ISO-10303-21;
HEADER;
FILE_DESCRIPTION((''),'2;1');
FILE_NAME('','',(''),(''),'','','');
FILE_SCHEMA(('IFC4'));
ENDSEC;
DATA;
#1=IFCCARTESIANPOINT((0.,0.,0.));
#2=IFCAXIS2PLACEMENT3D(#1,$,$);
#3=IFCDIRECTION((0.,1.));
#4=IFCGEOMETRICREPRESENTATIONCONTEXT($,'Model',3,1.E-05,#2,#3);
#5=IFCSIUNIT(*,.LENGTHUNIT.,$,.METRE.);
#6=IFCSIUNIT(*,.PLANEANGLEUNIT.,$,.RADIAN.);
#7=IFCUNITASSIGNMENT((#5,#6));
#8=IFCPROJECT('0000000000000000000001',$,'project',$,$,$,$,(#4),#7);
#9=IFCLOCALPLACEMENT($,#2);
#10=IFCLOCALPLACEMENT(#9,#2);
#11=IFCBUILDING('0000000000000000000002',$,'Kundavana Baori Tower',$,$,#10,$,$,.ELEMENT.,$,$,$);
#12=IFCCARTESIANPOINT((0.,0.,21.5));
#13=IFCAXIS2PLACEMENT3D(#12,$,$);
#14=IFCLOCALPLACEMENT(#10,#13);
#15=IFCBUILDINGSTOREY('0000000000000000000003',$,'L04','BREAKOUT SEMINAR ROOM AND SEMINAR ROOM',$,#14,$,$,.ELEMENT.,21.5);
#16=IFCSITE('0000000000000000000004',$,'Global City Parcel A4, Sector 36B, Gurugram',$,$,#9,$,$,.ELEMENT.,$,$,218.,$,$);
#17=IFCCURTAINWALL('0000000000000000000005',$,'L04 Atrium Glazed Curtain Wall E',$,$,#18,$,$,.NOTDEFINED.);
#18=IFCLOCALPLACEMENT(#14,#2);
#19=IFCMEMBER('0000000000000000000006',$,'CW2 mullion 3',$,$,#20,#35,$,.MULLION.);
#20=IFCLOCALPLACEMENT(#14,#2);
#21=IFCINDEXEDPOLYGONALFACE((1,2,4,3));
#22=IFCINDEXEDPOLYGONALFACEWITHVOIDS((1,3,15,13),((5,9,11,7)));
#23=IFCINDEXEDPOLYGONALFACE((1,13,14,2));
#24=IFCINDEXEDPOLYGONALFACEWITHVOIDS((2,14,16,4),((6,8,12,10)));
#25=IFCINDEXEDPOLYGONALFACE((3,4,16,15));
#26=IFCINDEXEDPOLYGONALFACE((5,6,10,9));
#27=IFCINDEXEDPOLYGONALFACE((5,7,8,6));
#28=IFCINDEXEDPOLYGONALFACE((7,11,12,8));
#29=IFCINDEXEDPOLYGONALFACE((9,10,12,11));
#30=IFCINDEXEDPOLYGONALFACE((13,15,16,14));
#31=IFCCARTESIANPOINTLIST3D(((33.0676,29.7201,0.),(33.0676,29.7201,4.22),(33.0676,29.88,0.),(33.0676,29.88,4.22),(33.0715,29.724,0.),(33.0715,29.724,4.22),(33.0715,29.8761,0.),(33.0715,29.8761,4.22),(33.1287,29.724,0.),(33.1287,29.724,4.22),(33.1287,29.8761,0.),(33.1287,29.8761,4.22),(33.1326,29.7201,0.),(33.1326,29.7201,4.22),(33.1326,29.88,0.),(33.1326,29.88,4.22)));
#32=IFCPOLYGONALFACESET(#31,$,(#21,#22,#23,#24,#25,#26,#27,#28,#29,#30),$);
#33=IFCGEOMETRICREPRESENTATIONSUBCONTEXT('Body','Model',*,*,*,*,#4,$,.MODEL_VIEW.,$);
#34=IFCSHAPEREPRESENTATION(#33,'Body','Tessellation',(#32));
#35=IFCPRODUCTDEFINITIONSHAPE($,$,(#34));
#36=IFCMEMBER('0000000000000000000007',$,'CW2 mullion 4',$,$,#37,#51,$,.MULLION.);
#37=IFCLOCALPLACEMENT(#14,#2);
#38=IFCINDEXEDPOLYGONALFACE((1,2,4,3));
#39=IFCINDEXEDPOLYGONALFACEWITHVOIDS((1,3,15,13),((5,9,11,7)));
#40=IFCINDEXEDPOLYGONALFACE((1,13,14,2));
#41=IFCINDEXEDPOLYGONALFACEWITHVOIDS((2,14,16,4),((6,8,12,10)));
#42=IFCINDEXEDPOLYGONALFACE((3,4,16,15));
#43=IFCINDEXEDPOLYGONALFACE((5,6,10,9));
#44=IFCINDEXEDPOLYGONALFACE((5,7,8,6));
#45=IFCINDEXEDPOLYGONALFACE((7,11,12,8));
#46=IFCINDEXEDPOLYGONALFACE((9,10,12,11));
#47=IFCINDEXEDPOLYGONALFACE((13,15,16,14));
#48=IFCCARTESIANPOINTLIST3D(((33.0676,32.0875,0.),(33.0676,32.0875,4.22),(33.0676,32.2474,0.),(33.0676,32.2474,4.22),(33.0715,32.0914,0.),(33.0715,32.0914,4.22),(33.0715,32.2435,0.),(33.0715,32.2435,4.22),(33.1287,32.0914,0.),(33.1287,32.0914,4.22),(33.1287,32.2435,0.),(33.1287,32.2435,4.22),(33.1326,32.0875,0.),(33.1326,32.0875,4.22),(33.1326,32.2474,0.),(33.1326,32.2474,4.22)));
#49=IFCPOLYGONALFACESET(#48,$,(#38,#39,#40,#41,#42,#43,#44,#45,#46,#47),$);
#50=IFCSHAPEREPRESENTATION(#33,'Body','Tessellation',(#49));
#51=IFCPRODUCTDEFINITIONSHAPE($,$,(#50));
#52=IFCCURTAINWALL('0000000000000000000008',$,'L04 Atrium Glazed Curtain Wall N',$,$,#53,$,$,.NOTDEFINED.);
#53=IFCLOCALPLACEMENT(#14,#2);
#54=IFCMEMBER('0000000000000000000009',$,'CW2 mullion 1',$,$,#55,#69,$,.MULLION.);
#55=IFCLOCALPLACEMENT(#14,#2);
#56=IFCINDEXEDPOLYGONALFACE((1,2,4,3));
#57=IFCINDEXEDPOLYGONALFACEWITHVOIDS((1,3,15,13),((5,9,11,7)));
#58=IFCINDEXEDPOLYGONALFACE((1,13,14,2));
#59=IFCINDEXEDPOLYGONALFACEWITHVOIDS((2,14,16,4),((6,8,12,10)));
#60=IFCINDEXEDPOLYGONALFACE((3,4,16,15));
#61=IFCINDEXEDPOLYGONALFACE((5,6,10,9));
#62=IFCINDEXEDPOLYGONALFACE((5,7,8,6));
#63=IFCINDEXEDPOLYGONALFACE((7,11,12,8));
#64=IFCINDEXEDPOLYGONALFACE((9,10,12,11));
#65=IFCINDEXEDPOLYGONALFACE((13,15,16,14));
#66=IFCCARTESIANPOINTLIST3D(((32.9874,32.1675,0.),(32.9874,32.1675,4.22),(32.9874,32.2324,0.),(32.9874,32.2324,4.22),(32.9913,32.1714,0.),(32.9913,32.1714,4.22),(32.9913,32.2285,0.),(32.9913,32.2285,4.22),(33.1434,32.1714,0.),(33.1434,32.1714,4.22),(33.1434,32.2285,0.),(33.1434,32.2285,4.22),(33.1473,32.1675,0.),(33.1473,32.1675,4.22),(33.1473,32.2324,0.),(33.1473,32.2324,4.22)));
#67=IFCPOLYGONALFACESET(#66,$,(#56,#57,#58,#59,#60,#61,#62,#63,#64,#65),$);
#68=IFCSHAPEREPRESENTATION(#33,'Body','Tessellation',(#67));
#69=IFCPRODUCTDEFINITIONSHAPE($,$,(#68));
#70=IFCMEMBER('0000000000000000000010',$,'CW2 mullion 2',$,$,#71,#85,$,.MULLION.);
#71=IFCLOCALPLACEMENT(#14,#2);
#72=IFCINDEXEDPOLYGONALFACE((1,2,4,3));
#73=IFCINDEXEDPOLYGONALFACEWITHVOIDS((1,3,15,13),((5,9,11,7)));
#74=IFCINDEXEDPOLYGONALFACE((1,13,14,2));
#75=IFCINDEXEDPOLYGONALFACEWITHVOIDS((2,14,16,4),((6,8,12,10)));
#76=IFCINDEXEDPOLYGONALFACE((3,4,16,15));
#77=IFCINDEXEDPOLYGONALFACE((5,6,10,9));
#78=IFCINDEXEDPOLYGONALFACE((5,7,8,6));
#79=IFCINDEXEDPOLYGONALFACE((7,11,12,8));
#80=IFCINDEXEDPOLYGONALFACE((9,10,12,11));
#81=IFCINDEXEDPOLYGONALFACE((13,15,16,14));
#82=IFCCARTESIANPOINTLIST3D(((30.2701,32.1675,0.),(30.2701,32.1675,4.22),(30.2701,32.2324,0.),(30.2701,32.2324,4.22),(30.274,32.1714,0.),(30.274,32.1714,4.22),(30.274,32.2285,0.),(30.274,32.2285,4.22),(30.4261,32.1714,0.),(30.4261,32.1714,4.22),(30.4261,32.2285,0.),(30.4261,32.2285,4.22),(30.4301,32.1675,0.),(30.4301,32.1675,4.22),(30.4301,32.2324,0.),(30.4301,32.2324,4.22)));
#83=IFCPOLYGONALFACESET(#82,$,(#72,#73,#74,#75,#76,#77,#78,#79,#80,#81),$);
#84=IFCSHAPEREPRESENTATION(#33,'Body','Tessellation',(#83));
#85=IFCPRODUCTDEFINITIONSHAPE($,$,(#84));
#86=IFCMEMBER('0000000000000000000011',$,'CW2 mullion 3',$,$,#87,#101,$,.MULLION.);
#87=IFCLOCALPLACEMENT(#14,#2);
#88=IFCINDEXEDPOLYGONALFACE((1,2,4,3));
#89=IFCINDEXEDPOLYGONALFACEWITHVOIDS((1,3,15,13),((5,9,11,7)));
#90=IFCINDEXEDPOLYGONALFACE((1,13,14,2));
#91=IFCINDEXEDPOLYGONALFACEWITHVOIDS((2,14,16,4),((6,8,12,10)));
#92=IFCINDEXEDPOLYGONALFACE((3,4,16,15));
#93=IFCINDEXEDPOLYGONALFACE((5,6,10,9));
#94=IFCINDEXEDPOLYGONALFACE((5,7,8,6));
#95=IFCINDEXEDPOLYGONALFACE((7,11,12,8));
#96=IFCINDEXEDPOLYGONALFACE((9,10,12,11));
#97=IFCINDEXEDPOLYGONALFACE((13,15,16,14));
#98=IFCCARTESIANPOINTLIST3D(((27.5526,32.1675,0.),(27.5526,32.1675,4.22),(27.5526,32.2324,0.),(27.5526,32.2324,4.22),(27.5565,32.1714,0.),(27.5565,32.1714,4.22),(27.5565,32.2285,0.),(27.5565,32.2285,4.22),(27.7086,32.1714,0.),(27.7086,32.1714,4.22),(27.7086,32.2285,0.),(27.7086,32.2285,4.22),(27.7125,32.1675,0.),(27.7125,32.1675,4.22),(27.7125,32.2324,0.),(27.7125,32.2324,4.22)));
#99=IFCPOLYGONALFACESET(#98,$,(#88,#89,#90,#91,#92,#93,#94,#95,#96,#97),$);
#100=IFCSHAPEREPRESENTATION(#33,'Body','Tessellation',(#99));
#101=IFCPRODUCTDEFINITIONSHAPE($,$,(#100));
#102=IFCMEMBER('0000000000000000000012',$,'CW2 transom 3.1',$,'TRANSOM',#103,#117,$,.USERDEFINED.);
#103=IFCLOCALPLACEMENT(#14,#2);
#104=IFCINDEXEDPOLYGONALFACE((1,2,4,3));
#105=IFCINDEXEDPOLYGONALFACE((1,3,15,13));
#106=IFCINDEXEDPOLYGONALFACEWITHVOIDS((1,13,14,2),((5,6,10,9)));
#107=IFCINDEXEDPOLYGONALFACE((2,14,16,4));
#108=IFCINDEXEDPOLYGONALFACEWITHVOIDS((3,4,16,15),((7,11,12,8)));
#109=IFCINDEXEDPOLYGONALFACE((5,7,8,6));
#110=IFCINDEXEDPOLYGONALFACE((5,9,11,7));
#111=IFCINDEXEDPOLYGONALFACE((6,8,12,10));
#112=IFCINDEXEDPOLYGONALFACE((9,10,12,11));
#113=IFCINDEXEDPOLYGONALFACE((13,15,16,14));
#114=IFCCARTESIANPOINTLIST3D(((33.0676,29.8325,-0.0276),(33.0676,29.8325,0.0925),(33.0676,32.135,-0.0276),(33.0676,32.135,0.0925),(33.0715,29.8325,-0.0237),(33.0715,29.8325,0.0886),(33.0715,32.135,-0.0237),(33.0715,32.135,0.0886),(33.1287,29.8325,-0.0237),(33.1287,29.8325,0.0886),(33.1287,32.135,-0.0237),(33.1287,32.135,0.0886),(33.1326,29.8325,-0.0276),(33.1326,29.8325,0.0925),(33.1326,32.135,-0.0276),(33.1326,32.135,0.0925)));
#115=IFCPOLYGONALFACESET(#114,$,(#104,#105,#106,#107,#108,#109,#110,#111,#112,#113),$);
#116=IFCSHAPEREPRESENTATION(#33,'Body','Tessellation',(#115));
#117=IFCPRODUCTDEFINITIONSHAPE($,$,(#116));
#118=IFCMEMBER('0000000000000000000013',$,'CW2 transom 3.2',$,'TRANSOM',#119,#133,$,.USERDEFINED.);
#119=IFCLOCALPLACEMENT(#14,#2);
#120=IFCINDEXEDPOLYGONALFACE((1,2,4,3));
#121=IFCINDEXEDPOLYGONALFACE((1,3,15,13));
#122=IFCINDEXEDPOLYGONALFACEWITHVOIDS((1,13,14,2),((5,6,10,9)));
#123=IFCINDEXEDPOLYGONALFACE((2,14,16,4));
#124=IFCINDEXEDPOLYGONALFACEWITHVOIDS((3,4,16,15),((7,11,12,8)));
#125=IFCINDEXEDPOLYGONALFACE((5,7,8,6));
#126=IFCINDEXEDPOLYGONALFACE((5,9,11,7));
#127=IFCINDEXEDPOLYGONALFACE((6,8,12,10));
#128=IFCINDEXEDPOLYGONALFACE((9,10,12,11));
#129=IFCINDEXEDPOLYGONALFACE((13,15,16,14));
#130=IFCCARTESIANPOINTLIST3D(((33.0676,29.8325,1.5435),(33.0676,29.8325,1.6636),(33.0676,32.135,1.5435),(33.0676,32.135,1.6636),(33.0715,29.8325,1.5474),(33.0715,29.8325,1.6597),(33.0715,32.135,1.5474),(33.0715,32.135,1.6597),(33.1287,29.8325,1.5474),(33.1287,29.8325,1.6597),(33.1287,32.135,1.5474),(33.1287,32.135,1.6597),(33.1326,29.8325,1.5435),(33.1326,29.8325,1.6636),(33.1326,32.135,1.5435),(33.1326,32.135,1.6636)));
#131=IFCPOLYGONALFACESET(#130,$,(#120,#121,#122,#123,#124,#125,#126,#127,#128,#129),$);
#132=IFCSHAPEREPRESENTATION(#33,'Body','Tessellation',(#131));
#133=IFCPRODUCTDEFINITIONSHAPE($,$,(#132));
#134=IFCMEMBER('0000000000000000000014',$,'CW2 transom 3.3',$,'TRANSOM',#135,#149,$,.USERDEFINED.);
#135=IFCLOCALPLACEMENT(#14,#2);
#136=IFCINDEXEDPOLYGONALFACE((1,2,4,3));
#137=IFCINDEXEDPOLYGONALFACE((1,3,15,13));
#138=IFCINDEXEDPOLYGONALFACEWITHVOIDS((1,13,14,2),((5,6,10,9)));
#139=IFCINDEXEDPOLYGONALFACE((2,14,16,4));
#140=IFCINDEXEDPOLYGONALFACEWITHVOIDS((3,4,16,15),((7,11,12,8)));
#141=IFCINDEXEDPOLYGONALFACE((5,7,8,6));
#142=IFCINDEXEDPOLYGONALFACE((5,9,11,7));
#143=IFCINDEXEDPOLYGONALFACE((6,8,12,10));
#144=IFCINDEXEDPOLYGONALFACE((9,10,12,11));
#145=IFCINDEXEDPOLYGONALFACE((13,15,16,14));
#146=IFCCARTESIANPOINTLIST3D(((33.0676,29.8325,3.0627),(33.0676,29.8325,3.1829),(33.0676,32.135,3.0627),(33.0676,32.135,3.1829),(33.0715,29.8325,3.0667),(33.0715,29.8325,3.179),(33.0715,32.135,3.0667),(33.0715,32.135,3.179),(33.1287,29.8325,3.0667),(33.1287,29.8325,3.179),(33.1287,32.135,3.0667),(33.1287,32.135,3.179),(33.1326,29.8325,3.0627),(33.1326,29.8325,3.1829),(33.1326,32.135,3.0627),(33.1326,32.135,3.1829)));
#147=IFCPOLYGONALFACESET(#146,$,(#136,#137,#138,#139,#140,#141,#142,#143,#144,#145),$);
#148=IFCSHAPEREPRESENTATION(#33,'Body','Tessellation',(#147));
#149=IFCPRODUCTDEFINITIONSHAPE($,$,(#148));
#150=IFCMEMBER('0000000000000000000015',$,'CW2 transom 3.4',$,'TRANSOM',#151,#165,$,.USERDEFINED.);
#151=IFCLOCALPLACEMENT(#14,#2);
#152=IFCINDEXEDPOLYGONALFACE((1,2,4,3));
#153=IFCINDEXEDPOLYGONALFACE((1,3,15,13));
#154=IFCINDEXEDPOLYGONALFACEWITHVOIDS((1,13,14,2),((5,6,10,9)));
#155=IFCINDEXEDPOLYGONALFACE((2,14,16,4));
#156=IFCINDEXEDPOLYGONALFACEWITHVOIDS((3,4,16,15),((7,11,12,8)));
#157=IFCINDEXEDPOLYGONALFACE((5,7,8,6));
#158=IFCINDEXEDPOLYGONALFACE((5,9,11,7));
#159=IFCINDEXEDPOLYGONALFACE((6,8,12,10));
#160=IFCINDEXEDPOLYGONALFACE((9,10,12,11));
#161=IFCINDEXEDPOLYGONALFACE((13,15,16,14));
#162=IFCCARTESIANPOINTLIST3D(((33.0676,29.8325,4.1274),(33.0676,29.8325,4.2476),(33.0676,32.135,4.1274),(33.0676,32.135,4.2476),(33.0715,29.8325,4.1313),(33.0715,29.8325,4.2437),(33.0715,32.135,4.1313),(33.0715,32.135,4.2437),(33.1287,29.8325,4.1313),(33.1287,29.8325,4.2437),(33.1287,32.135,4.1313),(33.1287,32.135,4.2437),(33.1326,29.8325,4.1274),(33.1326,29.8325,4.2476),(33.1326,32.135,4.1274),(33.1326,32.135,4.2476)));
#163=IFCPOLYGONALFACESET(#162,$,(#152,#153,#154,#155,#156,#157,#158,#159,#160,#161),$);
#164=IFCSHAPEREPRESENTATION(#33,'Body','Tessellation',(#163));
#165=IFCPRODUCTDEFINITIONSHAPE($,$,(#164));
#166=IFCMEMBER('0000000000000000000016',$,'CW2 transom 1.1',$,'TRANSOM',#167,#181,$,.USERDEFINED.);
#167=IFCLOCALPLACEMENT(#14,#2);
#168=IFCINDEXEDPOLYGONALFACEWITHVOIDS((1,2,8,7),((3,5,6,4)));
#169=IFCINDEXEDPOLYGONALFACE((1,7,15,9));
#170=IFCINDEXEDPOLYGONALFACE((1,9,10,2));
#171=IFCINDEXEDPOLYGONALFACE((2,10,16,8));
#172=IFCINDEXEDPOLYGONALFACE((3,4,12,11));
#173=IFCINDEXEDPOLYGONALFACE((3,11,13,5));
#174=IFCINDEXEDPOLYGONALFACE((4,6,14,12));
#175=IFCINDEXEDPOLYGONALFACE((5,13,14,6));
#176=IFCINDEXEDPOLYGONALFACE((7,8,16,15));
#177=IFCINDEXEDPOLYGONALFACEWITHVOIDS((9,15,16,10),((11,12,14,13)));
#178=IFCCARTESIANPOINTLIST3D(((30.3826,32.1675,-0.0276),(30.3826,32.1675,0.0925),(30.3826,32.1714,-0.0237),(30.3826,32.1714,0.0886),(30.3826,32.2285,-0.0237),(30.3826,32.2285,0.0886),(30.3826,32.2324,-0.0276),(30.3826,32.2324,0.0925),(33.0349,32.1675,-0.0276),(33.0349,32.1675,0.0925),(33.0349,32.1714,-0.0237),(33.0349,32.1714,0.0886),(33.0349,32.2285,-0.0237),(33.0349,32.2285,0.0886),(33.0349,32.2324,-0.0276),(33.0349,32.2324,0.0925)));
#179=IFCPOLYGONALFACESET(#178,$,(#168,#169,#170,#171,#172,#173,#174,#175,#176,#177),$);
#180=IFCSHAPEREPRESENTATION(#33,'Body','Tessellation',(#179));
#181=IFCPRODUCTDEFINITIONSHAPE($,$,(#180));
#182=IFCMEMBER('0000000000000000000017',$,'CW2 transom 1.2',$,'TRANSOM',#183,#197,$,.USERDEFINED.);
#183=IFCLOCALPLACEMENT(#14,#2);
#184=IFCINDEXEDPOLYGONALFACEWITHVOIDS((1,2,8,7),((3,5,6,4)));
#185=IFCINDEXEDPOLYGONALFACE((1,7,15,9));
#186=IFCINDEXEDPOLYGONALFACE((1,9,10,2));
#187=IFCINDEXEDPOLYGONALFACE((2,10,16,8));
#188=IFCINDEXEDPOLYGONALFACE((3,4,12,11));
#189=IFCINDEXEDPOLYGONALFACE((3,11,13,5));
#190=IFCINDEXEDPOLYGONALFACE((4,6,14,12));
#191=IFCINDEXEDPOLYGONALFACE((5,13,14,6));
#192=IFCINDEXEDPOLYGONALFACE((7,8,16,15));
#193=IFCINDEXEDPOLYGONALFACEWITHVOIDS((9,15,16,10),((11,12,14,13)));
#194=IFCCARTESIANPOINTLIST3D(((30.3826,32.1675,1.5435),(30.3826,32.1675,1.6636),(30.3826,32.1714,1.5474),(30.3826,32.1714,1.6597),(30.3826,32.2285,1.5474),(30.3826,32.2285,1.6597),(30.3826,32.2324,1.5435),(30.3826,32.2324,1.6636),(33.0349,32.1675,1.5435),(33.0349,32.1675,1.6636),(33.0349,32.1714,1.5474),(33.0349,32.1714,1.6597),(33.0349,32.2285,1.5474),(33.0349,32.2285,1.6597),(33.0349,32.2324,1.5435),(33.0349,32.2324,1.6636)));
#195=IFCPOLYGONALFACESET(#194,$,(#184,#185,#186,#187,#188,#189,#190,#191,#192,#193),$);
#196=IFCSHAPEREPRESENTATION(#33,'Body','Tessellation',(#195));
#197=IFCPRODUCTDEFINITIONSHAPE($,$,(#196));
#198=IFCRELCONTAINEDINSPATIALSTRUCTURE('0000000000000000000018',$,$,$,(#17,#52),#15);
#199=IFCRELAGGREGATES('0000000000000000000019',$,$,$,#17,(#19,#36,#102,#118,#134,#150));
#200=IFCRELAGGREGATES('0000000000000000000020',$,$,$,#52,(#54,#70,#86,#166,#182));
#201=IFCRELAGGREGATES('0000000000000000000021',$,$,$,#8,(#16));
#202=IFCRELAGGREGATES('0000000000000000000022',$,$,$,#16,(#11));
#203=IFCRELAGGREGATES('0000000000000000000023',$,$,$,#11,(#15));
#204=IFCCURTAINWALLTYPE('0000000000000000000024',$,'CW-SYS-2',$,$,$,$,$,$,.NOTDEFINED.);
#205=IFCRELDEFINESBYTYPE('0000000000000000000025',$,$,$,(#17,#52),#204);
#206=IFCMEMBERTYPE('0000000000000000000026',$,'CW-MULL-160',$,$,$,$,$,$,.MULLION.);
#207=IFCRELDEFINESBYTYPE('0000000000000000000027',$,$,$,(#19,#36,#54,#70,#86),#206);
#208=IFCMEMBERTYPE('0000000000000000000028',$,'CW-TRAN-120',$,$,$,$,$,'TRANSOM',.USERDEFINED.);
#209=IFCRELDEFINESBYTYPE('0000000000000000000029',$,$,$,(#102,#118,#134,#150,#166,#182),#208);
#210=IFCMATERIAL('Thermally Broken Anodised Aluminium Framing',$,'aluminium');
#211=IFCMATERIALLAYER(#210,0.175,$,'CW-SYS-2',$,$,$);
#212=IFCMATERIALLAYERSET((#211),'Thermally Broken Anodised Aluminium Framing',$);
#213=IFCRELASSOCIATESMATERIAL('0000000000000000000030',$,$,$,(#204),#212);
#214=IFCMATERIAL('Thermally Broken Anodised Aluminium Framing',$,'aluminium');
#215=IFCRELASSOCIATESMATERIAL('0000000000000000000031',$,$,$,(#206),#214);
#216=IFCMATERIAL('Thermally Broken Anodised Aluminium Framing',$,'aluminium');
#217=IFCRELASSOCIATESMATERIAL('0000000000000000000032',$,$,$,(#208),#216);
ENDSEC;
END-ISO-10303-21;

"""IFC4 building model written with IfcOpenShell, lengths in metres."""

from ifc_helpers import new_model, si_unit, direction, frame, origin, origin_2d, place, context, subcontext, project, spatial, hollow_rectangle, extrude, material, layer, layer_set, material_profile, profile_set, type_object, element, aggregate, save


model = new_model("IFC4")

# Units and contexts
model_context = context("Model", 3, precision=1e-05, world=origin(), true_north=direction((0.0, 1.0)))
body_context = subcontext(model_context, "Body", "Model", "MODEL_VIEW")
ifc_project = project(units=[si_unit("LENGTHUNIT", "METRE"), si_unit("PLANEANGLEUNIT", "RADIAN")], contexts=[model_context])

# Site, building, storey
site_placement = place(None, origin())
site = spatial("IfcSite", under=ifc_project, at=site_placement, Name="Global City Parcel A4, Sector 36B, Gurugram", CompositionType="ELEMENT", RefElevation=218.0)
building_placement = place(site_placement, origin())
building = spatial("IfcBuilding", under=site, at=building_placement, Name="Kundavana Baori Tower", CompositionType="ELEMENT")
storey_placement = place(building_placement, frame((0.0, 0.0, 21.5)))
storey = spatial("IfcBuildingStorey", under=building, at=storey_placement, Name="L04", Description="BREAKOUT SEMINAR ROOM AND SEMINAR ROOM", CompositionType="ELEMENT", Elevation=21.5)

# Curtain walls, members
ifc_material_1 = material(Name="Thermally Broken Anodised Aluminium Framing", Category="aluminium")
ifc_layer_1 = layer(ifc_material_1, 0.175, Name="CW-SYS-2")
ifc_layer_set_1 = layer_set([ifc_layer_1], Name="Thermally Broken Anodised Aluminium Framing")
curtain_wall_type = type_object("IfcCurtainWallType", Name="CW-SYS-2", PredefinedType="NOTDEFINED", material=ifc_layer_set_1)
curtain_wall_1_placement = place(storey_placement, origin())
curtain_wall_1 = element("IfcCurtainWall", 1, at=curtain_wall_1_placement, inside=storey, type_object=curtain_wall_type, Name="L04 Atrium Glazed Curtain Wall E", PredefinedType="NOTDEFINED")
ifc_material_2 = material(Name="Thermally Broken Anodised Aluminium Framing", Category="aluminium")
ifc_material_profile_1 = material_profile(ifc_material_2, hollow_rectangle(XDim=0.0649, YDim=0.1599, WallThickness=0.0039, at=origin_2d()), Name="CW-MULL-160")
ifc_profile_set_1 = profile_set([ifc_material_profile_1], Name="Thermally Broken Anodised Aluminium Framing")
member_type_1 = type_object("IfcMemberType", Name="CW-MULL-160", PredefinedType="MULLION", material=ifc_profile_set_1)
member_1_placement = place(storey_placement, frame((33.1001, 29.8, 0.0), z_axis=(0.0, 0.0, 1.0), x_axis=(-1.0, 0.0, 0.0)))
member_1 = element("IfcMember", 2, at=member_1_placement, type_object=member_type_1, Name="CW2 mullion 3", PredefinedType="MULLION", context=body_context, shape_type="SweptSolid", body=[
    extrude(hollow_rectangle(XDim=0.0649, YDim=0.1599, WallThickness=0.0039, at=origin_2d()), origin(), (0.0, 0.0, 1.0), 4.22),
])
member_2_placement = place(storey_placement, frame((33.1001, 32.1675, 0.0), z_axis=(0.0, 0.0, 1.0), x_axis=(-1.0, 0.0, 0.0)))
member_2 = element("IfcMember", 3, at=member_2_placement, type_object=member_type_1, Name="CW2 mullion 4", PredefinedType="MULLION", context=body_context, shape_type="SweptSolid", body=[
    extrude(hollow_rectangle(XDim=0.0649, YDim=0.1599, WallThickness=0.0039, at=origin_2d()), origin(), (0.0, 0.0, 1.0), 4.22),
])
curtain_wall_2_placement = place(storey_placement, origin())
curtain_wall_2 = element("IfcCurtainWall", 4, at=curtain_wall_2_placement, inside=storey, type_object=curtain_wall_type, Name="L04 Atrium Glazed Curtain Wall N", PredefinedType="NOTDEFINED")
member_3_placement = place(storey_placement, frame((33.0674, 32.2, 0.0), z_axis=(0.0, 0.0, 1.0), x_axis=(0.0, -1.0, 0.0)))
member_3 = element("IfcMember", 5, at=member_3_placement, type_object=member_type_1, Name="CW2 mullion 1", PredefinedType="MULLION", context=body_context, shape_type="SweptSolid", body=[
    extrude(hollow_rectangle(XDim=0.0649, YDim=0.1599, WallThickness=0.0039, at=origin_2d()), origin(), (0.0, 0.0, 1.0), 4.22),
])
member_4_placement = place(storey_placement, frame((30.3501, 32.2, 0.0), z_axis=(0.0, 0.0, 1.0), x_axis=(0.0, -1.0, 0.0)))
member_4 = element("IfcMember", 6, at=member_4_placement, type_object=member_type_1, Name="CW2 mullion 2", PredefinedType="MULLION", context=body_context, shape_type="SweptSolid", body=[
    extrude(hollow_rectangle(XDim=0.0649, YDim=0.1599, WallThickness=0.0039, at=origin_2d()), origin(), (0.0, 0.0, 1.0), 4.22),
])
member_5_placement = place(storey_placement, frame((27.6326, 32.2, 0.0), z_axis=(0.0, 0.0, 1.0), x_axis=(0.0, -1.0, 0.0)))
member_5 = element("IfcMember", 7, at=member_5_placement, type_object=member_type_1, Name="CW2 mullion 3", PredefinedType="MULLION", context=body_context, shape_type="SweptSolid", body=[
    extrude(hollow_rectangle(XDim=0.0649, YDim=0.1599, WallThickness=0.0039, at=origin_2d()), origin(), (0.0, 0.0, 1.0), 4.22),
])

# Members
ifc_material_3 = material(Name="Thermally Broken Anodised Aluminium Framing", Category="aluminium")
ifc_material_profile_2 = material_profile(ifc_material_3, hollow_rectangle(XDim=0.0649, YDim=0.1201, WallThickness=0.0039, at=origin_2d()), Name="CW-TRAN-120")
ifc_profile_set_2 = profile_set([ifc_material_profile_2], Name="Thermally Broken Anodised Aluminium Framing")
member_type_2 = type_object("IfcMemberType", Name="CW-TRAN-120", ElementType="TRANSOM", PredefinedType="USERDEFINED", material=ifc_profile_set_2)
member_6_placement = place(storey_placement, frame((33.1001, 29.8325, 0.0325), z_axis=(0.0, 1.0, 0.0), x_axis=(-1.0, 0.0, 0.0)))
member_6 = element("IfcMember", 8, at=member_6_placement, type_object=member_type_2, Name="CW2 transom 3.1", ObjectType="TRANSOM", PredefinedType="USERDEFINED", context=body_context, shape_type="SweptSolid", body=[
    extrude(hollow_rectangle(XDim=0.0649, YDim=0.1201, WallThickness=0.0039, at=origin_2d()), origin(), (0.0, 0.0, 1.0), 2.3025),
])
member_7_placement = place(storey_placement, frame((33.1001, 29.8325, 1.6035), z_axis=(0.0, 1.0, 0.0), x_axis=(-1.0, 0.0, 0.0)))
member_7 = element("IfcMember", 9, at=member_7_placement, type_object=member_type_2, Name="CW2 transom 3.2", ObjectType="TRANSOM", PredefinedType="USERDEFINED", context=body_context, shape_type="SweptSolid", body=[
    extrude(hollow_rectangle(XDim=0.0649, YDim=0.1201, WallThickness=0.0039, at=origin_2d()), origin(), (0.0, 0.0, 1.0), 2.3025),
])
member_8_placement = place(storey_placement, frame((33.1001, 29.8325, 3.1228), z_axis=(0.0, 1.0, 0.0), x_axis=(-1.0, 0.0, 0.0)))
member_8 = element("IfcMember", 10, at=member_8_placement, type_object=member_type_2, Name="CW2 transom 3.3", ObjectType="TRANSOM", PredefinedType="USERDEFINED", context=body_context, shape_type="SweptSolid", body=[
    extrude(hollow_rectangle(XDim=0.0649, YDim=0.1201, WallThickness=0.0039, at=origin_2d()), origin(), (0.0, 0.0, 1.0), 2.3025),
])
member_9_placement = place(storey_placement, frame((33.1001, 29.8325, 4.1875), z_axis=(0.0, 1.0, 0.0), x_axis=(-1.0, 0.0, 0.0)))
member_9 = element("IfcMember", 11, at=member_9_placement, type_object=member_type_2, Name="CW2 transom 3.4", ObjectType="TRANSOM", PredefinedType="USERDEFINED", context=body_context, shape_type="SweptSolid", body=[
    extrude(hollow_rectangle(XDim=0.0649, YDim=0.1201, WallThickness=0.0039, at=origin_2d()), origin(), (0.0, 0.0, 1.0), 2.3025),
])
member_10_placement = place(storey_placement, frame((33.0349, 32.2, 0.0325), z_axis=(-1.0, 0.0, 0.0), x_axis=(0.0, -1.0, 0.0)))
member_10 = element("IfcMember", 12, at=member_10_placement, type_object=member_type_2, Name="CW2 transom 1.1", ObjectType="TRANSOM", PredefinedType="USERDEFINED", context=body_context, shape_type="SweptSolid", body=[
    extrude(hollow_rectangle(XDim=0.0649, YDim=0.1201, WallThickness=0.0039, at=origin_2d()), origin(), (0.0, 0.0, 1.0), 2.6523),
])
member_11_placement = place(storey_placement, frame((33.0349, 32.2, 1.6035), z_axis=(-1.0, 0.0, 0.0), x_axis=(0.0, -1.0, 0.0)))
member_11 = element("IfcMember", 13, at=member_11_placement, type_object=member_type_2, Name="CW2 transom 1.2", ObjectType="TRANSOM", PredefinedType="USERDEFINED", context=body_context, shape_type="SweptSolid", body=[
    extrude(hollow_rectangle(XDim=0.0649, YDim=0.1201, WallThickness=0.0039, at=origin_2d()), origin(), (0.0, 0.0, 1.0), 2.6523),
])

aggregate(curtain_wall_1, [member_1, member_2, member_6, member_7, member_8, member_9])
aggregate(curtain_wall_2, [member_3, member_4, member_5, member_10, member_11])

save(model, "model.ifc")
